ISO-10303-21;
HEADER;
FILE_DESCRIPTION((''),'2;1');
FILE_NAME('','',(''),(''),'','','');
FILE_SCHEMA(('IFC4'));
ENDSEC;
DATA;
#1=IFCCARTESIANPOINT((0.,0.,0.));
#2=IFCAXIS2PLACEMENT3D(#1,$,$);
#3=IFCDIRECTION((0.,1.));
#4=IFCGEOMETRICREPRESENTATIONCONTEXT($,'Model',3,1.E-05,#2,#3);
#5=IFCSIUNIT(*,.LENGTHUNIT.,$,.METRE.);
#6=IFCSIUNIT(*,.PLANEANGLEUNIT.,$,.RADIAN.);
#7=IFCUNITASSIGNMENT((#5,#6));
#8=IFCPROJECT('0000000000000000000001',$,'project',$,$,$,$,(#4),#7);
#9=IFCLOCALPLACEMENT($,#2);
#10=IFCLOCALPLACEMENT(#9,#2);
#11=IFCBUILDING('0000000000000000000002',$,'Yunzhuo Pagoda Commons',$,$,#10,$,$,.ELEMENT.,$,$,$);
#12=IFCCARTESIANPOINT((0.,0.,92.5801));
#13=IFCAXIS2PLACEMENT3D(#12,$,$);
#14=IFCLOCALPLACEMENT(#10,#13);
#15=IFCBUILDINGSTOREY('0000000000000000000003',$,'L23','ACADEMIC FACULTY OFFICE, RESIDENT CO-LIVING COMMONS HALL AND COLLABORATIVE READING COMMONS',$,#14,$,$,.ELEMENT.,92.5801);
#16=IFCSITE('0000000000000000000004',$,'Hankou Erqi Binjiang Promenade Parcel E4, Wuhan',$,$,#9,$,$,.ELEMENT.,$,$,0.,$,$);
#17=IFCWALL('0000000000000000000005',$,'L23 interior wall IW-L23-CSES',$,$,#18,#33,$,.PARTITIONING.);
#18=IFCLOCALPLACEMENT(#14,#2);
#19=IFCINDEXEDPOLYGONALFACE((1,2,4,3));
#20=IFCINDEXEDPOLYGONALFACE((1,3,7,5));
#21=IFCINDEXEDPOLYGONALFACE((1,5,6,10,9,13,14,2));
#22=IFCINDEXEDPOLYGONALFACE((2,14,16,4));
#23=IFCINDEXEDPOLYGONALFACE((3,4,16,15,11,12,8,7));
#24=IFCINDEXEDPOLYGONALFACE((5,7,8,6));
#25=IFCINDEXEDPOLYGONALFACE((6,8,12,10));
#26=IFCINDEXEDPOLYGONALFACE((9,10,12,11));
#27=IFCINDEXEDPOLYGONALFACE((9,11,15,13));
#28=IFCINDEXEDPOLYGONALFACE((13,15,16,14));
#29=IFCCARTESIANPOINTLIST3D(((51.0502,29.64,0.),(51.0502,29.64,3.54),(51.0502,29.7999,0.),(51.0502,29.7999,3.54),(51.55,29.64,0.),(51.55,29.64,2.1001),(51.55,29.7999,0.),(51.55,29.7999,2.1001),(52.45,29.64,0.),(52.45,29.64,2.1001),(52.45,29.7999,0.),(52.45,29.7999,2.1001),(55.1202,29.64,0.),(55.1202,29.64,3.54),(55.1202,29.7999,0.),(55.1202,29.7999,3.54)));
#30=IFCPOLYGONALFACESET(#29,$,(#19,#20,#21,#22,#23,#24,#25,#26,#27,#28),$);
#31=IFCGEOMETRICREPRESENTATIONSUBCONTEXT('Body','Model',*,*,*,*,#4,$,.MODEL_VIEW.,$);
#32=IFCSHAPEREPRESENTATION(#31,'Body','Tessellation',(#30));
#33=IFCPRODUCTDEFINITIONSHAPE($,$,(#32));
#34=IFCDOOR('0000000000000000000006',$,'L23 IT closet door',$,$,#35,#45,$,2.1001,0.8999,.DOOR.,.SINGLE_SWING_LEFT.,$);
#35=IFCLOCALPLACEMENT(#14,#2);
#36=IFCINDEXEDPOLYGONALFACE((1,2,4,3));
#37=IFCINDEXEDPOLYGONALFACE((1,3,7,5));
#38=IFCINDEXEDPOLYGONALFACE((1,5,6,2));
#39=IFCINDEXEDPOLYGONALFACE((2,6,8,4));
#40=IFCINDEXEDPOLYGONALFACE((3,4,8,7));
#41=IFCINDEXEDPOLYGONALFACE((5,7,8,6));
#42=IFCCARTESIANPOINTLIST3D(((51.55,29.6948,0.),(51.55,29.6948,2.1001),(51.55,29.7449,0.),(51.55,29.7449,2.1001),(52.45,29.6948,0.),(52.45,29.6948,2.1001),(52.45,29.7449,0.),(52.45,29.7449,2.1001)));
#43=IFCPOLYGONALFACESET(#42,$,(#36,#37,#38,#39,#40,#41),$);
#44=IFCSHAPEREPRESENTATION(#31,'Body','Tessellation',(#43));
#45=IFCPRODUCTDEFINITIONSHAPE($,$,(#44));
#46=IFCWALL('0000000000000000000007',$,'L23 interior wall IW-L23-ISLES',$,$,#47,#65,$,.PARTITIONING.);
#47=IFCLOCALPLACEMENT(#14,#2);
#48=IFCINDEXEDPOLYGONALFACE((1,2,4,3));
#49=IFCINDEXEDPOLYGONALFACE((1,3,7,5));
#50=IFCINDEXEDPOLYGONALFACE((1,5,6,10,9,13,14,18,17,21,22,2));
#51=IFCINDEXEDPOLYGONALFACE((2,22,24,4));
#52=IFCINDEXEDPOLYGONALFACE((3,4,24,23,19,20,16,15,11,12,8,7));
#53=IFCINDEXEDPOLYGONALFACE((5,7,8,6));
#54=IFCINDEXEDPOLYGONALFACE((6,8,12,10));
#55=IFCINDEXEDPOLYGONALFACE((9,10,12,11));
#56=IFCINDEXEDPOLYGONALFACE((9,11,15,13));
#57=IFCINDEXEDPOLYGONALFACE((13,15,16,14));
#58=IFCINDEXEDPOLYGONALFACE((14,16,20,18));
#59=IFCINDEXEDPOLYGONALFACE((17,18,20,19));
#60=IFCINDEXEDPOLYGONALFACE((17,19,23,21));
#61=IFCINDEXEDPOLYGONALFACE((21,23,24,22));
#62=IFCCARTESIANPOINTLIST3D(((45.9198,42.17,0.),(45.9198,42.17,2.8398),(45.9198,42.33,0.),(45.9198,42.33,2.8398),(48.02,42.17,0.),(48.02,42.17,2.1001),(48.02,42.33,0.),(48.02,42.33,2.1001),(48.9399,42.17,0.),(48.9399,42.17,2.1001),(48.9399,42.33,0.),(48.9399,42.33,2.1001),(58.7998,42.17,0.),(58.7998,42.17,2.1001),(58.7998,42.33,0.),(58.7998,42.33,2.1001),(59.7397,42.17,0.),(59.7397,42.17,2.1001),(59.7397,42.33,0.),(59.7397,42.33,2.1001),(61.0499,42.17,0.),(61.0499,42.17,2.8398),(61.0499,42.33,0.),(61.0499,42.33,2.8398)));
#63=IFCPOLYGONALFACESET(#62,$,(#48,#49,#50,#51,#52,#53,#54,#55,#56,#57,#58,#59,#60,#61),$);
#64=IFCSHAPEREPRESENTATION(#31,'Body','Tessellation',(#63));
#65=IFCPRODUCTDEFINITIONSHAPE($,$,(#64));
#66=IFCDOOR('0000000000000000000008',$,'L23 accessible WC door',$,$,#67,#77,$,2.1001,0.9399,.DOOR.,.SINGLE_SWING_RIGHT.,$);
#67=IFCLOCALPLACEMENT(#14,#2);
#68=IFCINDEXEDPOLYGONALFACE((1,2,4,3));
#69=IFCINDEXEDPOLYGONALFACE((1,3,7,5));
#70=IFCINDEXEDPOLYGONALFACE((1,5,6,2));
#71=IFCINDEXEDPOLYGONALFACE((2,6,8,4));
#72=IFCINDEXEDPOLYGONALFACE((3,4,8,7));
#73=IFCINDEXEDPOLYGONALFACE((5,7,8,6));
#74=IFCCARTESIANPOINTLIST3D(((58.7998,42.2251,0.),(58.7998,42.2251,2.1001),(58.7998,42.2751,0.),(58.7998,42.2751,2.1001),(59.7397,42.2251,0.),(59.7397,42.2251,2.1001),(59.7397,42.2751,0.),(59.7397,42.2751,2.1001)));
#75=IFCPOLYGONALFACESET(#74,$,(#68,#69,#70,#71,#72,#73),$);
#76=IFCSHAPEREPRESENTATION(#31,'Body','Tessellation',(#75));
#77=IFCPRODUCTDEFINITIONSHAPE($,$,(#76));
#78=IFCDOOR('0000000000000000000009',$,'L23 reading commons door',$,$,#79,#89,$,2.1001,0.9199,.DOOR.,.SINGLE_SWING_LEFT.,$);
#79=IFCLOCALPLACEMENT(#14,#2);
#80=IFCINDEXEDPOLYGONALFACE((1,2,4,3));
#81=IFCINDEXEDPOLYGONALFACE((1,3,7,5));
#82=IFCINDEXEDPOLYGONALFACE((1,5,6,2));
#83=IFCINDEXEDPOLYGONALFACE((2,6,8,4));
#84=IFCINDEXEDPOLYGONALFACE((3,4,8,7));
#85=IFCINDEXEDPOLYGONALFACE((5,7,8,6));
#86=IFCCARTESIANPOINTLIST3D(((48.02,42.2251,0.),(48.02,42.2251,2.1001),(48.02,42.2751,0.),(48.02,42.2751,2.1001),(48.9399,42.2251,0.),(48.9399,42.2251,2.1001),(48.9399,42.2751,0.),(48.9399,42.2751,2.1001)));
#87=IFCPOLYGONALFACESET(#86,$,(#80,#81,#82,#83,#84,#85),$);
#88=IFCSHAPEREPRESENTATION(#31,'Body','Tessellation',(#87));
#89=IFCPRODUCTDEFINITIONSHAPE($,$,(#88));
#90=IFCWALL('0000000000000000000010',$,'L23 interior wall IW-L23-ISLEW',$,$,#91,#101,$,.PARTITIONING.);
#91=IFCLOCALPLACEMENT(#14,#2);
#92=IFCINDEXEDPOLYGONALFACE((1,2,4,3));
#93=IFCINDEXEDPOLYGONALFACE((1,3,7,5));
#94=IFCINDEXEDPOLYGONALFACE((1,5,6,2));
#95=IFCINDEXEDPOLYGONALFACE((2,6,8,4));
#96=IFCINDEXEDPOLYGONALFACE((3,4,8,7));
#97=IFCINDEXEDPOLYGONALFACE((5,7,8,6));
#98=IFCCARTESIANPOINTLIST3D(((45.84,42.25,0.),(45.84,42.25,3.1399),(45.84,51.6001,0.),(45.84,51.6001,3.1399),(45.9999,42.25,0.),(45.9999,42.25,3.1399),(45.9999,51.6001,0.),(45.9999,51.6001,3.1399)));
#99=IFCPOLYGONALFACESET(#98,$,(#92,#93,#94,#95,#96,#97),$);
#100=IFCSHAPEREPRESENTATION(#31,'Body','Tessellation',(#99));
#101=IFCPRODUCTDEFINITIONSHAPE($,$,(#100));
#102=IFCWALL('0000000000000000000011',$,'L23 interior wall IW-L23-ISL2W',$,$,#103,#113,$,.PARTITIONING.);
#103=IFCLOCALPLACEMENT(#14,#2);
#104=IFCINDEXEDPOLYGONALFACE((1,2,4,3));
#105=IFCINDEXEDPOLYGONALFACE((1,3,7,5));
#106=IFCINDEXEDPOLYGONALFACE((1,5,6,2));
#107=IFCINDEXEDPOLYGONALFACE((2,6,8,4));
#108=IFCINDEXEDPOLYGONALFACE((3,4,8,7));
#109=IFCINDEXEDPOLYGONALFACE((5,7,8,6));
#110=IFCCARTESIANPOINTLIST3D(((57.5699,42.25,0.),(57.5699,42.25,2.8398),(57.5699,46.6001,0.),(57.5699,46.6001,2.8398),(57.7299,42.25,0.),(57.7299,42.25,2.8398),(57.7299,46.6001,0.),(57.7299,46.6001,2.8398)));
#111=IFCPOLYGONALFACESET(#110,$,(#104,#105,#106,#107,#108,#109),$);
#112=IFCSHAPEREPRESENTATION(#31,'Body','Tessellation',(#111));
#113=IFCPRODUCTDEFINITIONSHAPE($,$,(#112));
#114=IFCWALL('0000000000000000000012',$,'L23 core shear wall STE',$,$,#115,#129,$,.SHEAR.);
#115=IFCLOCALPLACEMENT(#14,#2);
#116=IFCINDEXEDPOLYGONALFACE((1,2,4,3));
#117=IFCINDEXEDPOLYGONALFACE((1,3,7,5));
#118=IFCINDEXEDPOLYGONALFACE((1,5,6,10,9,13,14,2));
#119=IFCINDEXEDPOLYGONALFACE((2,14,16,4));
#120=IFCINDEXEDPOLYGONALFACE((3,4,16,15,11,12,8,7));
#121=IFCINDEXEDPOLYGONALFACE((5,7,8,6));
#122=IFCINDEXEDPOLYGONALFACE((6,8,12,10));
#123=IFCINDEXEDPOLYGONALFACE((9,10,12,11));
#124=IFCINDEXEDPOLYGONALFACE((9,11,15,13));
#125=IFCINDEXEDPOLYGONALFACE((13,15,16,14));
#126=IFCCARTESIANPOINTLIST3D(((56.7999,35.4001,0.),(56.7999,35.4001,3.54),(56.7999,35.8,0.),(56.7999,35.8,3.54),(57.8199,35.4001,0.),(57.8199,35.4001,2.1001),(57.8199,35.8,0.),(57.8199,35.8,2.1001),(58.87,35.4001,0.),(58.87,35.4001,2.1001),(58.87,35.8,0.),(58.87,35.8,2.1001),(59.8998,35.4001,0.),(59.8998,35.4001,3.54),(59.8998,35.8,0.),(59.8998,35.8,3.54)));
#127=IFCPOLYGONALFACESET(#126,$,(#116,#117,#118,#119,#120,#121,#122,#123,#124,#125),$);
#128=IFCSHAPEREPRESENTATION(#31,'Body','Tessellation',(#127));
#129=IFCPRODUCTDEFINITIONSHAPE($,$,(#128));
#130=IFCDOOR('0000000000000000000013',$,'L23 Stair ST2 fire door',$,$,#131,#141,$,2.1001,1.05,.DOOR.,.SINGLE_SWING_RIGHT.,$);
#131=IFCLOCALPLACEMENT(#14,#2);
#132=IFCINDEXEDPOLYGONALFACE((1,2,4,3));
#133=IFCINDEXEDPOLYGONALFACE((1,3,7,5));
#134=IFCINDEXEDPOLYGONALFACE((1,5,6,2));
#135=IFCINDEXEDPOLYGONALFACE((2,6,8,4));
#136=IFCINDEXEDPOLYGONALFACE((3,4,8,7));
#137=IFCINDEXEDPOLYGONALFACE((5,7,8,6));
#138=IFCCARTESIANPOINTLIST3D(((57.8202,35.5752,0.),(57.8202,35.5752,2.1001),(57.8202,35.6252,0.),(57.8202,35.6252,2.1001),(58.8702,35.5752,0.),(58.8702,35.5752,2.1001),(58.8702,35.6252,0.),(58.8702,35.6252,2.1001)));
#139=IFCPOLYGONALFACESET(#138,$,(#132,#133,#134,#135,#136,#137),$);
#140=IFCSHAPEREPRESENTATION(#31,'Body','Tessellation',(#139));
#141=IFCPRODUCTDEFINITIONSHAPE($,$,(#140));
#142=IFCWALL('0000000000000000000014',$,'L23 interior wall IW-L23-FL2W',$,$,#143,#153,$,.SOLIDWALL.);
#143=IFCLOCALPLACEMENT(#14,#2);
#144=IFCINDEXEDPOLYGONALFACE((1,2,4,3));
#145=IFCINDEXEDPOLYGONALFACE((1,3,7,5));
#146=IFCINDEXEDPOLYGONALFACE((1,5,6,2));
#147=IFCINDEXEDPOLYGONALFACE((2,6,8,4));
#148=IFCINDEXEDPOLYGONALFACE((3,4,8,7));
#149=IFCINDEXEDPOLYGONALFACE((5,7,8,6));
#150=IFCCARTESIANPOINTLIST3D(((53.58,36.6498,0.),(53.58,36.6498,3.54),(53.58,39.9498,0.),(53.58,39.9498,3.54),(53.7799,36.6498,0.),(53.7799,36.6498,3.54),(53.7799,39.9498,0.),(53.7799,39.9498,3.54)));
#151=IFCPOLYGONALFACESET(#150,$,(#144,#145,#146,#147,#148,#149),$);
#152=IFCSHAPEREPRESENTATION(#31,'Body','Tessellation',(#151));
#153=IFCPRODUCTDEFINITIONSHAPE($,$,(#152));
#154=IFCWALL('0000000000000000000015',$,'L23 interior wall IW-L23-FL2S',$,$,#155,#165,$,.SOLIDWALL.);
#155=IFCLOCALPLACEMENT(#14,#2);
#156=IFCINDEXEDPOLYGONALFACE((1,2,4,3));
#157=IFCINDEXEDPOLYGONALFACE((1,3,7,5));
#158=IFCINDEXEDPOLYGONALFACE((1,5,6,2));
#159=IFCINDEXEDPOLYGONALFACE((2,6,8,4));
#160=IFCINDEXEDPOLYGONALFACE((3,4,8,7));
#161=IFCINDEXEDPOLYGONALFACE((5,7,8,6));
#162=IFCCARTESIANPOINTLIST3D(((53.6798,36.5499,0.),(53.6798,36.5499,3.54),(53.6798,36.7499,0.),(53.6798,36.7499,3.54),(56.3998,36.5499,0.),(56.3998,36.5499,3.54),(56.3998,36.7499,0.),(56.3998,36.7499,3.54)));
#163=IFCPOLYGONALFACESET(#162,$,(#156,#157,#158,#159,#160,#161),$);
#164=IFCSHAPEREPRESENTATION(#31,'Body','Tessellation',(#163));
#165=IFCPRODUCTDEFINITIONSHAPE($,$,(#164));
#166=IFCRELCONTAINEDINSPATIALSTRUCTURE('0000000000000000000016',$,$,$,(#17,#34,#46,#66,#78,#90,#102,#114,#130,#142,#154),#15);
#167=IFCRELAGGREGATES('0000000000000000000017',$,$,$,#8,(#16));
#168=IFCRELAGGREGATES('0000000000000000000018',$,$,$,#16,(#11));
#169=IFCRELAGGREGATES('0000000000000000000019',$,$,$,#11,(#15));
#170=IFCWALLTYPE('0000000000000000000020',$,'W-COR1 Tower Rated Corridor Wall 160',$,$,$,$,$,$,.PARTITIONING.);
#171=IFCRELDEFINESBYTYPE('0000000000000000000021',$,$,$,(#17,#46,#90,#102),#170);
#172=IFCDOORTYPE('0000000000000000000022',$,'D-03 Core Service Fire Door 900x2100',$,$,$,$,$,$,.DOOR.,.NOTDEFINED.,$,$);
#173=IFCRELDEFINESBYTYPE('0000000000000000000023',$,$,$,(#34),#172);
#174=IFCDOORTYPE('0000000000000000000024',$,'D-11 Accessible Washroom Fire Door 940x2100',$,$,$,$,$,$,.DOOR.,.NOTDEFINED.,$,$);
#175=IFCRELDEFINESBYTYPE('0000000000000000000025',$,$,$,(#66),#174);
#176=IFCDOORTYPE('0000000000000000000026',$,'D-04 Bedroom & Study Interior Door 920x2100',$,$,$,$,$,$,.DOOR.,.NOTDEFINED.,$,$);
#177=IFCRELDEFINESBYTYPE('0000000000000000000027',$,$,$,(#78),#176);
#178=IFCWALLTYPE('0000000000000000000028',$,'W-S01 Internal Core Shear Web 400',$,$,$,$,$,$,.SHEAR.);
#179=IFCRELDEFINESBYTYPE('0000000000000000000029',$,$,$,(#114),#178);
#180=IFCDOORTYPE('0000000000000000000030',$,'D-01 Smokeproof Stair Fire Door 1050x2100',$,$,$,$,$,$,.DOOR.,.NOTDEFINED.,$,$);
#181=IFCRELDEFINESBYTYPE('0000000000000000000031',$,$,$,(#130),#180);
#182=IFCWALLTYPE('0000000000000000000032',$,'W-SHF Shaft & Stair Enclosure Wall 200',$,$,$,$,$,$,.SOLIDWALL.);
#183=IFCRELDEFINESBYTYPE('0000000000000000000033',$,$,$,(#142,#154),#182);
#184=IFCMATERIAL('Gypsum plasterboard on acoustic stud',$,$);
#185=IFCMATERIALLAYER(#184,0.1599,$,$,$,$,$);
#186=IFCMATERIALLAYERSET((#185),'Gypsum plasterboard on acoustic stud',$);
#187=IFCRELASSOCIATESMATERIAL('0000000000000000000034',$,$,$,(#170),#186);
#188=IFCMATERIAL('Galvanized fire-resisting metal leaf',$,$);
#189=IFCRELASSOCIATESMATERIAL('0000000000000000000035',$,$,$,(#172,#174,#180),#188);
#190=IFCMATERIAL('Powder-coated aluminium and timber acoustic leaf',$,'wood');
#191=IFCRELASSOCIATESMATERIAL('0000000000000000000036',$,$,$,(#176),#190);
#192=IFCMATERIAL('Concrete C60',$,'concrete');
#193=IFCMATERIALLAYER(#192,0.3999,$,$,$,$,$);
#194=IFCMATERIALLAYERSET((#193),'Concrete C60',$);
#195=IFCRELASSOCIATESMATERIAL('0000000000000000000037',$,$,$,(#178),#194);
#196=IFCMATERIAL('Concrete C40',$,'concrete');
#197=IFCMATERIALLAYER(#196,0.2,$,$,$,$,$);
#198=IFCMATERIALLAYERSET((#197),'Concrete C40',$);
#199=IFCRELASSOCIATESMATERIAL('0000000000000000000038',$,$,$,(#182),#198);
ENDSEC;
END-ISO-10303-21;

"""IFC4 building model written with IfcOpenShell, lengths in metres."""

from ifc_helpers import new_model, si_unit, direction, frame, frame_2d, origin, origin_with_axes, place, context, subcontext, project, spatial, rectangle, extrude, source, transform, mapped, material, layer, layer_set, type_object, element, fill, save


model = new_model("IFC4")

# Units and contexts
model_context = context("Model", 3, precision=1e-05, world=origin(), true_north=direction((0.0, 1.0)))
body_context = subcontext(model_context, "Body", "Model", "MODEL_VIEW")
ifc_project = project(units=[si_unit("LENGTHUNIT", "METRE"), si_unit("PLANEANGLEUNIT", "RADIAN")], contexts=[model_context])

# Site, building, storey
site_placement = place(None, origin())
site = spatial("IfcSite", under=ifc_project, at=site_placement, Name="Hankou Erqi Binjiang Promenade Parcel E4, Wuhan", CompositionType="ELEMENT", RefElevation=0.0)
building_placement = place(site_placement, origin())
building = spatial("IfcBuilding", under=site, at=building_placement, Name="Yunzhuo Pagoda Commons", CompositionType="ELEMENT")
storey_placement = place(building_placement, frame((0.0, 0.0, 92.5801)))
storey = spatial("IfcBuildingStorey", under=building, at=storey_placement, Name="L23", Description="ACADEMIC FACULTY OFFICE, RESIDENT CO-LIVING COMMONS HALL AND COLLABORATIVE READING COMMONS", CompositionType="ELEMENT", Elevation=92.5801)

# Wall, opening, door
ifc_material_1 = material(Name="Concrete C60", Category="concrete")
ifc_material_2 = material(Name="Galvanized fire-resisting metal leaf")
shared_shape_1 = source(origin(), body_context, "Body", "SweptSolid", [
    extrude(rectangle(XDim=1.05, YDim=2.1001, at=frame_2d((0.5249, 1.05))), frame((0.0, 0.0249, 0.0), z_axis=(0.0, -1.0, 0.0), x_axis=(1.0, 0.0, 0.0)), (0.0, 0.0, 1.0), 0.05),
])
ifc_material_3 = material(Name="Gypsum plasterboard on acoustic stud")
ifc_layer_1 = layer(ifc_material_3, 0.1599)
ifc_layer_set_1 = layer_set([ifc_layer_1], Name="Gypsum plasterboard on acoustic stud")
wall_type_1 = type_object("IfcWallType", Name="W-COR1 Tower Rated Corridor Wall 160", PredefinedType="PARTITIONING", material=ifc_layer_set_1)
wall_1_placement = place(storey_placement, frame((51.05, 29.72, 0.0), z_axis=(0.0, 0.0, 1.0), x_axis=(1.0, 0.0, 0.0)))
wall_1 = element("IfcWall", 1, at=wall_1_placement, inside=storey, type_object=wall_type_1, Name="L23 interior wall IW-L23-CSES", PredefinedType="PARTITIONING", context=body_context, shape_type="SweptSolid", body=[
    extrude(rectangle(XDim=4.0701, YDim=0.1599, at=frame_2d((2.0352, 0.0))), origin(), (0.0, 0.0, 1.0), 3.54),
])
opening_1_placement = place(wall_1_placement, frame((0.5, 0.0, 0.0)))
opening_1 = element("IfcOpeningElement", 2, at=opening_1_placement, cuts=wall_1, PredefinedType="OPENING", context=body_context, shape_type="SweptSolid", body=[
    extrude(rectangle(XDim=0.8999, YDim=2.1001, at=frame_2d((0.45, 1.05))), frame((0.0, 0.0898, 0.0), z_axis=(0.0, -1.0, 0.0), x_axis=(1.0, 0.0, 0.0)), (0.0, 0.0, 1.0), 0.1799),
])
door_type_1 = type_object("IfcDoorType", Name="D-03 Core Service Fire Door 900x2100", OperationType="NOTDEFINED", PredefinedType="DOOR", material=ifc_material_2)
shared_shape_2 = source(origin(), body_context, "Body", "SweptSolid", [
    extrude(rectangle(XDim=0.8999, YDim=2.1001, at=frame_2d((0.45, 1.05))), frame((0.0, 0.0249, 0.0), z_axis=(0.0, -1.0, 0.0), x_axis=(1.0, 0.0, 0.0)), (0.0, 0.0, 1.0), 0.05),
])
door_1_placement = place(opening_1_placement, origin_with_axes())
door_1 = element("IfcDoor", 3, at=door_1_placement, inside=storey, type_object=door_type_1, Name="L23 IT closet door", OperationType="SINGLE_SWING_LEFT", OverallHeight=2.1001, OverallWidth=0.8999, PredefinedType="DOOR", context=body_context, shape_type="MappedRepresentation", body=[
    mapped(shared_shape_2, transform((0.0, 0.0, 0.0), scale=1.0)),
])
fill(opening_1, door_1)

# Wall, openings, doors
wall_2_placement = place(storey_placement, frame((45.9199, 42.25, 0.0), z_axis=(0.0, 0.0, 1.0), x_axis=(1.0, 0.0, 0.0)))
wall_2 = element("IfcWall", 4, at=wall_2_placement, inside=storey, type_object=wall_type_1, Name="L23 interior wall IW-L23-ISLES", PredefinedType="PARTITIONING", context=body_context, shape_type="SweptSolid", body=[
    extrude(rectangle(XDim=15.1301, YDim=0.1599, at=frame_2d((7.5649, 0.0))), origin(), (0.0, 0.0, 1.0), 2.8398),
])
opening_2_placement = place(wall_2_placement, frame((2.1001, 0.0, 0.0)))
opening_2 = element("IfcOpeningElement", 5, at=opening_2_placement, cuts=wall_2, PredefinedType="OPENING", context=body_context, shape_type="SweptSolid", body=[
    extrude(rectangle(XDim=0.9199, YDim=2.1001, at=frame_2d((0.46, 1.05))), frame((0.0, 0.0898, 0.0), z_axis=(0.0, -1.0, 0.0), x_axis=(1.0, 0.0, 0.0)), (0.0, 0.0, 1.0), 0.1799),
])
opening_3_placement = place(wall_2_placement, frame((12.8799, 0.0, 0.0)))
opening_3 = element("IfcOpeningElement", 6, at=opening_3_placement, cuts=wall_2, PredefinedType="OPENING", context=body_context, shape_type="SweptSolid", body=[
    extrude(rectangle(XDim=0.9399, YDim=2.1001, at=frame_2d((0.47, 1.05))), frame((0.0, 0.0898, 0.0), z_axis=(0.0, -1.0, 0.0), x_axis=(1.0, 0.0, 0.0)), (0.0, 0.0, 1.0), 0.1799),
])
door_type_2 = type_object("IfcDoorType", Name="D-11 Accessible Washroom Fire Door 940x2100", OperationType="NOTDEFINED", PredefinedType="DOOR", material=ifc_material_2)
shared_shape_3 = source(origin(), body_context, "Body", "SweptSolid", [
    extrude(rectangle(XDim=0.9399, YDim=2.1001, at=frame_2d((0.47, 1.05))), frame((0.0, 0.0249, 0.0), z_axis=(0.0, -1.0, 0.0), x_axis=(1.0, 0.0, 0.0)), (0.0, 0.0, 1.0), 0.05),
])
door_2_placement = place(opening_3_placement, frame((0.9399, 0.0, 0.0), z_axis=(0.0, 0.0, 1.0), x_axis=(-1.0, 0.0, 0.0)))
door_2 = element("IfcDoor", 7, at=door_2_placement, inside=storey, type_object=door_type_2, Name="L23 accessible WC door", OperationType="SINGLE_SWING_RIGHT", OverallHeight=2.1001, OverallWidth=0.9399, PredefinedType="DOOR", context=body_context, shape_type="MappedRepresentation", body=[
    mapped(shared_shape_3, transform((0.0, 0.0, 0.0), scale=1.0)),
])
fill(opening_3, door_2)
ifc_material_4 = material(Name="Powder-coated aluminium and timber acoustic leaf", Category="wood")
door_type_3 = type_object("IfcDoorType", Name="D-04 Bedroom & Study Interior Door 920x2100", OperationType="NOTDEFINED", PredefinedType="DOOR", material=ifc_material_4)
shared_shape_4 = source(origin(), body_context, "Body", "SweptSolid", [
    extrude(rectangle(XDim=0.9199, YDim=2.1001, at=frame_2d((0.46, 1.05))), frame((0.0, 0.0249, 0.0), z_axis=(0.0, -1.0, 0.0), x_axis=(1.0, 0.0, 0.0)), (0.0, 0.0, 1.0), 0.05),
])
door_3_placement = place(opening_2_placement, frame((0.9199, 0.0, 0.0), z_axis=(0.0, 0.0, 1.0), x_axis=(-1.0, 0.0, 0.0)))
door_3 = element("IfcDoor", 8, at=door_3_placement, inside=storey, type_object=door_type_3, Name="L23 reading commons door", OperationType="SINGLE_SWING_LEFT", OverallHeight=2.1001, OverallWidth=0.9199, PredefinedType="DOOR", context=body_context, shape_type="MappedRepresentation", body=[
    mapped(shared_shape_4, transform((0.0, 0.0, 0.0), scale=1.0)),
])
fill(opening_2, door_3)

# Walls
wall_3_placement = place(storey_placement, frame((45.9199, 42.25, 0.0), z_axis=(0.0, 0.0, 1.0), x_axis=(0.0, 1.0, 0.0)))
element("IfcWall", 9, at=wall_3_placement, inside=storey, type_object=wall_type_1, Name="L23 interior wall IW-L23-ISLEW", PredefinedType="PARTITIONING", context=body_context, shape_type="SweptSolid", body=[
    extrude(rectangle(XDim=9.3501, YDim=0.1599, at=frame_2d((4.675, 0.0))), origin(), (0.0, 0.0, 1.0), 3.1399),
])
wall_4_placement = place(storey_placement, frame((57.6499, 42.25, 0.0), z_axis=(0.0, 0.0, 1.0), x_axis=(0.0, 1.0, 0.0)))
element("IfcWall", 10, at=wall_4_placement, inside=storey, type_object=wall_type_1, Name="L23 interior wall IW-L23-ISL2W", PredefinedType="PARTITIONING", context=body_context, shape_type="SweptSolid", body=[
    extrude(rectangle(XDim=4.3501, YDim=0.1599, at=frame_2d((2.175, 0.0))), origin(), (0.0, 0.0, 1.0), 2.8398),
])

# Wall, opening, door
ifc_layer_2 = layer(ifc_material_1, 0.3999)
ifc_layer_set_2 = layer_set([ifc_layer_2], Name="Concrete C60")
wall_type_2 = type_object("IfcWallType", Name="W-S01 Internal Core Shear Web 400", PredefinedType="SHEAR", material=ifc_layer_set_2)
wall_5_placement = place(storey_placement, frame((56.8, 35.6001, 0.0), z_axis=(0.0, 0.0, 1.0), x_axis=(1.0, 0.0, 0.0)))
wall_5 = element("IfcWall", 11, at=wall_5_placement, inside=storey, type_object=wall_type_2, Name="L23 core shear wall STE", PredefinedType="SHEAR", context=body_context, shape_type="SweptSolid", body=[
    extrude(rectangle(XDim=3.0999, YDim=0.3999, at=frame_2d((1.5498, 0.0))), origin(), (0.0, 0.0, 1.0), 3.54),
])
opening_4_placement = place(wall_5_placement, frame((1.02, 0.0, 0.0)))
opening_4 = element("IfcOpeningElement", 12, at=opening_4_placement, cuts=wall_5, PredefinedType="OPENING", context=body_context, shape_type="SweptSolid", body=[
    extrude(rectangle(XDim=1.05, YDim=2.1001, at=frame_2d((0.5249, 1.05))), frame((0.0, 0.21, 0.0), z_axis=(0.0, -1.0, 0.0), x_axis=(1.0, 0.0, 0.0)), (0.0, 0.0, 1.0), 0.4199),
])
door_type_4 = type_object("IfcDoorType", Name="D-01 Smokeproof Stair Fire Door 1050x2100", OperationType="NOTDEFINED", PredefinedType="DOOR", material=ifc_material_2)
door_4_placement = place(opening_4_placement, frame((1.05, 0.0, 0.0), z_axis=(0.0, 0.0, 1.0), x_axis=(-1.0, 0.0, 0.0)))
door_4 = element("IfcDoor", 13, at=door_4_placement, inside=storey, type_object=door_type_4, Name="L23 Stair ST2 fire door", OperationType="SINGLE_SWING_RIGHT", OverallHeight=2.1001, OverallWidth=1.05, PredefinedType="DOOR", context=body_context, shape_type="MappedRepresentation", body=[
    mapped(shared_shape_1, transform((0.0, 0.0, 0.0), scale=1.0)),
])
fill(opening_4, door_4)

# Walls
ifc_material_5 = material(Name="Concrete C40", Category="concrete")
ifc_layer_3 = layer(ifc_material_5, 0.2)
ifc_layer_set_3 = layer_set([ifc_layer_3], Name="Concrete C40")
wall_type_3 = type_object("IfcWallType", Name="W-SHF Shaft & Stair Enclosure Wall 200", PredefinedType="SOLIDWALL", material=ifc_layer_set_3)
wall_6_placement = place(storey_placement, frame((53.6799, 36.6499, 0.0), z_axis=(0.0, 0.0, 1.0), x_axis=(0.0, 1.0, 0.0)))
element("IfcWall", 14, at=wall_6_placement, inside=storey, type_object=wall_type_3, Name="L23 interior wall IW-L23-FL2W", PredefinedType="SOLIDWALL", context=body_context, shape_type="SweptSolid", body=[
    extrude(rectangle(XDim=3.3, YDim=0.2, at=frame_2d((1.6499, 0.0))), origin(), (0.0, 0.0, 1.0), 3.54),
])
wall_7_placement = place(storey_placement, frame((53.6799, 36.6499, 0.0), z_axis=(0.0, 0.0, 1.0), x_axis=(1.0, 0.0, 0.0)))
element("IfcWall", 15, at=wall_7_placement, inside=storey, type_object=wall_type_3, Name="L23 interior wall IW-L23-FL2S", PredefinedType="SOLIDWALL", context=body_context, shape_type="SweptSolid", body=[
    extrude(rectangle(XDim=2.72, YDim=0.2, at=frame_2d((1.3599, 0.0))), origin(), (0.0, 0.0, 1.0), 3.54),
])

save(model, "model.ifc")
